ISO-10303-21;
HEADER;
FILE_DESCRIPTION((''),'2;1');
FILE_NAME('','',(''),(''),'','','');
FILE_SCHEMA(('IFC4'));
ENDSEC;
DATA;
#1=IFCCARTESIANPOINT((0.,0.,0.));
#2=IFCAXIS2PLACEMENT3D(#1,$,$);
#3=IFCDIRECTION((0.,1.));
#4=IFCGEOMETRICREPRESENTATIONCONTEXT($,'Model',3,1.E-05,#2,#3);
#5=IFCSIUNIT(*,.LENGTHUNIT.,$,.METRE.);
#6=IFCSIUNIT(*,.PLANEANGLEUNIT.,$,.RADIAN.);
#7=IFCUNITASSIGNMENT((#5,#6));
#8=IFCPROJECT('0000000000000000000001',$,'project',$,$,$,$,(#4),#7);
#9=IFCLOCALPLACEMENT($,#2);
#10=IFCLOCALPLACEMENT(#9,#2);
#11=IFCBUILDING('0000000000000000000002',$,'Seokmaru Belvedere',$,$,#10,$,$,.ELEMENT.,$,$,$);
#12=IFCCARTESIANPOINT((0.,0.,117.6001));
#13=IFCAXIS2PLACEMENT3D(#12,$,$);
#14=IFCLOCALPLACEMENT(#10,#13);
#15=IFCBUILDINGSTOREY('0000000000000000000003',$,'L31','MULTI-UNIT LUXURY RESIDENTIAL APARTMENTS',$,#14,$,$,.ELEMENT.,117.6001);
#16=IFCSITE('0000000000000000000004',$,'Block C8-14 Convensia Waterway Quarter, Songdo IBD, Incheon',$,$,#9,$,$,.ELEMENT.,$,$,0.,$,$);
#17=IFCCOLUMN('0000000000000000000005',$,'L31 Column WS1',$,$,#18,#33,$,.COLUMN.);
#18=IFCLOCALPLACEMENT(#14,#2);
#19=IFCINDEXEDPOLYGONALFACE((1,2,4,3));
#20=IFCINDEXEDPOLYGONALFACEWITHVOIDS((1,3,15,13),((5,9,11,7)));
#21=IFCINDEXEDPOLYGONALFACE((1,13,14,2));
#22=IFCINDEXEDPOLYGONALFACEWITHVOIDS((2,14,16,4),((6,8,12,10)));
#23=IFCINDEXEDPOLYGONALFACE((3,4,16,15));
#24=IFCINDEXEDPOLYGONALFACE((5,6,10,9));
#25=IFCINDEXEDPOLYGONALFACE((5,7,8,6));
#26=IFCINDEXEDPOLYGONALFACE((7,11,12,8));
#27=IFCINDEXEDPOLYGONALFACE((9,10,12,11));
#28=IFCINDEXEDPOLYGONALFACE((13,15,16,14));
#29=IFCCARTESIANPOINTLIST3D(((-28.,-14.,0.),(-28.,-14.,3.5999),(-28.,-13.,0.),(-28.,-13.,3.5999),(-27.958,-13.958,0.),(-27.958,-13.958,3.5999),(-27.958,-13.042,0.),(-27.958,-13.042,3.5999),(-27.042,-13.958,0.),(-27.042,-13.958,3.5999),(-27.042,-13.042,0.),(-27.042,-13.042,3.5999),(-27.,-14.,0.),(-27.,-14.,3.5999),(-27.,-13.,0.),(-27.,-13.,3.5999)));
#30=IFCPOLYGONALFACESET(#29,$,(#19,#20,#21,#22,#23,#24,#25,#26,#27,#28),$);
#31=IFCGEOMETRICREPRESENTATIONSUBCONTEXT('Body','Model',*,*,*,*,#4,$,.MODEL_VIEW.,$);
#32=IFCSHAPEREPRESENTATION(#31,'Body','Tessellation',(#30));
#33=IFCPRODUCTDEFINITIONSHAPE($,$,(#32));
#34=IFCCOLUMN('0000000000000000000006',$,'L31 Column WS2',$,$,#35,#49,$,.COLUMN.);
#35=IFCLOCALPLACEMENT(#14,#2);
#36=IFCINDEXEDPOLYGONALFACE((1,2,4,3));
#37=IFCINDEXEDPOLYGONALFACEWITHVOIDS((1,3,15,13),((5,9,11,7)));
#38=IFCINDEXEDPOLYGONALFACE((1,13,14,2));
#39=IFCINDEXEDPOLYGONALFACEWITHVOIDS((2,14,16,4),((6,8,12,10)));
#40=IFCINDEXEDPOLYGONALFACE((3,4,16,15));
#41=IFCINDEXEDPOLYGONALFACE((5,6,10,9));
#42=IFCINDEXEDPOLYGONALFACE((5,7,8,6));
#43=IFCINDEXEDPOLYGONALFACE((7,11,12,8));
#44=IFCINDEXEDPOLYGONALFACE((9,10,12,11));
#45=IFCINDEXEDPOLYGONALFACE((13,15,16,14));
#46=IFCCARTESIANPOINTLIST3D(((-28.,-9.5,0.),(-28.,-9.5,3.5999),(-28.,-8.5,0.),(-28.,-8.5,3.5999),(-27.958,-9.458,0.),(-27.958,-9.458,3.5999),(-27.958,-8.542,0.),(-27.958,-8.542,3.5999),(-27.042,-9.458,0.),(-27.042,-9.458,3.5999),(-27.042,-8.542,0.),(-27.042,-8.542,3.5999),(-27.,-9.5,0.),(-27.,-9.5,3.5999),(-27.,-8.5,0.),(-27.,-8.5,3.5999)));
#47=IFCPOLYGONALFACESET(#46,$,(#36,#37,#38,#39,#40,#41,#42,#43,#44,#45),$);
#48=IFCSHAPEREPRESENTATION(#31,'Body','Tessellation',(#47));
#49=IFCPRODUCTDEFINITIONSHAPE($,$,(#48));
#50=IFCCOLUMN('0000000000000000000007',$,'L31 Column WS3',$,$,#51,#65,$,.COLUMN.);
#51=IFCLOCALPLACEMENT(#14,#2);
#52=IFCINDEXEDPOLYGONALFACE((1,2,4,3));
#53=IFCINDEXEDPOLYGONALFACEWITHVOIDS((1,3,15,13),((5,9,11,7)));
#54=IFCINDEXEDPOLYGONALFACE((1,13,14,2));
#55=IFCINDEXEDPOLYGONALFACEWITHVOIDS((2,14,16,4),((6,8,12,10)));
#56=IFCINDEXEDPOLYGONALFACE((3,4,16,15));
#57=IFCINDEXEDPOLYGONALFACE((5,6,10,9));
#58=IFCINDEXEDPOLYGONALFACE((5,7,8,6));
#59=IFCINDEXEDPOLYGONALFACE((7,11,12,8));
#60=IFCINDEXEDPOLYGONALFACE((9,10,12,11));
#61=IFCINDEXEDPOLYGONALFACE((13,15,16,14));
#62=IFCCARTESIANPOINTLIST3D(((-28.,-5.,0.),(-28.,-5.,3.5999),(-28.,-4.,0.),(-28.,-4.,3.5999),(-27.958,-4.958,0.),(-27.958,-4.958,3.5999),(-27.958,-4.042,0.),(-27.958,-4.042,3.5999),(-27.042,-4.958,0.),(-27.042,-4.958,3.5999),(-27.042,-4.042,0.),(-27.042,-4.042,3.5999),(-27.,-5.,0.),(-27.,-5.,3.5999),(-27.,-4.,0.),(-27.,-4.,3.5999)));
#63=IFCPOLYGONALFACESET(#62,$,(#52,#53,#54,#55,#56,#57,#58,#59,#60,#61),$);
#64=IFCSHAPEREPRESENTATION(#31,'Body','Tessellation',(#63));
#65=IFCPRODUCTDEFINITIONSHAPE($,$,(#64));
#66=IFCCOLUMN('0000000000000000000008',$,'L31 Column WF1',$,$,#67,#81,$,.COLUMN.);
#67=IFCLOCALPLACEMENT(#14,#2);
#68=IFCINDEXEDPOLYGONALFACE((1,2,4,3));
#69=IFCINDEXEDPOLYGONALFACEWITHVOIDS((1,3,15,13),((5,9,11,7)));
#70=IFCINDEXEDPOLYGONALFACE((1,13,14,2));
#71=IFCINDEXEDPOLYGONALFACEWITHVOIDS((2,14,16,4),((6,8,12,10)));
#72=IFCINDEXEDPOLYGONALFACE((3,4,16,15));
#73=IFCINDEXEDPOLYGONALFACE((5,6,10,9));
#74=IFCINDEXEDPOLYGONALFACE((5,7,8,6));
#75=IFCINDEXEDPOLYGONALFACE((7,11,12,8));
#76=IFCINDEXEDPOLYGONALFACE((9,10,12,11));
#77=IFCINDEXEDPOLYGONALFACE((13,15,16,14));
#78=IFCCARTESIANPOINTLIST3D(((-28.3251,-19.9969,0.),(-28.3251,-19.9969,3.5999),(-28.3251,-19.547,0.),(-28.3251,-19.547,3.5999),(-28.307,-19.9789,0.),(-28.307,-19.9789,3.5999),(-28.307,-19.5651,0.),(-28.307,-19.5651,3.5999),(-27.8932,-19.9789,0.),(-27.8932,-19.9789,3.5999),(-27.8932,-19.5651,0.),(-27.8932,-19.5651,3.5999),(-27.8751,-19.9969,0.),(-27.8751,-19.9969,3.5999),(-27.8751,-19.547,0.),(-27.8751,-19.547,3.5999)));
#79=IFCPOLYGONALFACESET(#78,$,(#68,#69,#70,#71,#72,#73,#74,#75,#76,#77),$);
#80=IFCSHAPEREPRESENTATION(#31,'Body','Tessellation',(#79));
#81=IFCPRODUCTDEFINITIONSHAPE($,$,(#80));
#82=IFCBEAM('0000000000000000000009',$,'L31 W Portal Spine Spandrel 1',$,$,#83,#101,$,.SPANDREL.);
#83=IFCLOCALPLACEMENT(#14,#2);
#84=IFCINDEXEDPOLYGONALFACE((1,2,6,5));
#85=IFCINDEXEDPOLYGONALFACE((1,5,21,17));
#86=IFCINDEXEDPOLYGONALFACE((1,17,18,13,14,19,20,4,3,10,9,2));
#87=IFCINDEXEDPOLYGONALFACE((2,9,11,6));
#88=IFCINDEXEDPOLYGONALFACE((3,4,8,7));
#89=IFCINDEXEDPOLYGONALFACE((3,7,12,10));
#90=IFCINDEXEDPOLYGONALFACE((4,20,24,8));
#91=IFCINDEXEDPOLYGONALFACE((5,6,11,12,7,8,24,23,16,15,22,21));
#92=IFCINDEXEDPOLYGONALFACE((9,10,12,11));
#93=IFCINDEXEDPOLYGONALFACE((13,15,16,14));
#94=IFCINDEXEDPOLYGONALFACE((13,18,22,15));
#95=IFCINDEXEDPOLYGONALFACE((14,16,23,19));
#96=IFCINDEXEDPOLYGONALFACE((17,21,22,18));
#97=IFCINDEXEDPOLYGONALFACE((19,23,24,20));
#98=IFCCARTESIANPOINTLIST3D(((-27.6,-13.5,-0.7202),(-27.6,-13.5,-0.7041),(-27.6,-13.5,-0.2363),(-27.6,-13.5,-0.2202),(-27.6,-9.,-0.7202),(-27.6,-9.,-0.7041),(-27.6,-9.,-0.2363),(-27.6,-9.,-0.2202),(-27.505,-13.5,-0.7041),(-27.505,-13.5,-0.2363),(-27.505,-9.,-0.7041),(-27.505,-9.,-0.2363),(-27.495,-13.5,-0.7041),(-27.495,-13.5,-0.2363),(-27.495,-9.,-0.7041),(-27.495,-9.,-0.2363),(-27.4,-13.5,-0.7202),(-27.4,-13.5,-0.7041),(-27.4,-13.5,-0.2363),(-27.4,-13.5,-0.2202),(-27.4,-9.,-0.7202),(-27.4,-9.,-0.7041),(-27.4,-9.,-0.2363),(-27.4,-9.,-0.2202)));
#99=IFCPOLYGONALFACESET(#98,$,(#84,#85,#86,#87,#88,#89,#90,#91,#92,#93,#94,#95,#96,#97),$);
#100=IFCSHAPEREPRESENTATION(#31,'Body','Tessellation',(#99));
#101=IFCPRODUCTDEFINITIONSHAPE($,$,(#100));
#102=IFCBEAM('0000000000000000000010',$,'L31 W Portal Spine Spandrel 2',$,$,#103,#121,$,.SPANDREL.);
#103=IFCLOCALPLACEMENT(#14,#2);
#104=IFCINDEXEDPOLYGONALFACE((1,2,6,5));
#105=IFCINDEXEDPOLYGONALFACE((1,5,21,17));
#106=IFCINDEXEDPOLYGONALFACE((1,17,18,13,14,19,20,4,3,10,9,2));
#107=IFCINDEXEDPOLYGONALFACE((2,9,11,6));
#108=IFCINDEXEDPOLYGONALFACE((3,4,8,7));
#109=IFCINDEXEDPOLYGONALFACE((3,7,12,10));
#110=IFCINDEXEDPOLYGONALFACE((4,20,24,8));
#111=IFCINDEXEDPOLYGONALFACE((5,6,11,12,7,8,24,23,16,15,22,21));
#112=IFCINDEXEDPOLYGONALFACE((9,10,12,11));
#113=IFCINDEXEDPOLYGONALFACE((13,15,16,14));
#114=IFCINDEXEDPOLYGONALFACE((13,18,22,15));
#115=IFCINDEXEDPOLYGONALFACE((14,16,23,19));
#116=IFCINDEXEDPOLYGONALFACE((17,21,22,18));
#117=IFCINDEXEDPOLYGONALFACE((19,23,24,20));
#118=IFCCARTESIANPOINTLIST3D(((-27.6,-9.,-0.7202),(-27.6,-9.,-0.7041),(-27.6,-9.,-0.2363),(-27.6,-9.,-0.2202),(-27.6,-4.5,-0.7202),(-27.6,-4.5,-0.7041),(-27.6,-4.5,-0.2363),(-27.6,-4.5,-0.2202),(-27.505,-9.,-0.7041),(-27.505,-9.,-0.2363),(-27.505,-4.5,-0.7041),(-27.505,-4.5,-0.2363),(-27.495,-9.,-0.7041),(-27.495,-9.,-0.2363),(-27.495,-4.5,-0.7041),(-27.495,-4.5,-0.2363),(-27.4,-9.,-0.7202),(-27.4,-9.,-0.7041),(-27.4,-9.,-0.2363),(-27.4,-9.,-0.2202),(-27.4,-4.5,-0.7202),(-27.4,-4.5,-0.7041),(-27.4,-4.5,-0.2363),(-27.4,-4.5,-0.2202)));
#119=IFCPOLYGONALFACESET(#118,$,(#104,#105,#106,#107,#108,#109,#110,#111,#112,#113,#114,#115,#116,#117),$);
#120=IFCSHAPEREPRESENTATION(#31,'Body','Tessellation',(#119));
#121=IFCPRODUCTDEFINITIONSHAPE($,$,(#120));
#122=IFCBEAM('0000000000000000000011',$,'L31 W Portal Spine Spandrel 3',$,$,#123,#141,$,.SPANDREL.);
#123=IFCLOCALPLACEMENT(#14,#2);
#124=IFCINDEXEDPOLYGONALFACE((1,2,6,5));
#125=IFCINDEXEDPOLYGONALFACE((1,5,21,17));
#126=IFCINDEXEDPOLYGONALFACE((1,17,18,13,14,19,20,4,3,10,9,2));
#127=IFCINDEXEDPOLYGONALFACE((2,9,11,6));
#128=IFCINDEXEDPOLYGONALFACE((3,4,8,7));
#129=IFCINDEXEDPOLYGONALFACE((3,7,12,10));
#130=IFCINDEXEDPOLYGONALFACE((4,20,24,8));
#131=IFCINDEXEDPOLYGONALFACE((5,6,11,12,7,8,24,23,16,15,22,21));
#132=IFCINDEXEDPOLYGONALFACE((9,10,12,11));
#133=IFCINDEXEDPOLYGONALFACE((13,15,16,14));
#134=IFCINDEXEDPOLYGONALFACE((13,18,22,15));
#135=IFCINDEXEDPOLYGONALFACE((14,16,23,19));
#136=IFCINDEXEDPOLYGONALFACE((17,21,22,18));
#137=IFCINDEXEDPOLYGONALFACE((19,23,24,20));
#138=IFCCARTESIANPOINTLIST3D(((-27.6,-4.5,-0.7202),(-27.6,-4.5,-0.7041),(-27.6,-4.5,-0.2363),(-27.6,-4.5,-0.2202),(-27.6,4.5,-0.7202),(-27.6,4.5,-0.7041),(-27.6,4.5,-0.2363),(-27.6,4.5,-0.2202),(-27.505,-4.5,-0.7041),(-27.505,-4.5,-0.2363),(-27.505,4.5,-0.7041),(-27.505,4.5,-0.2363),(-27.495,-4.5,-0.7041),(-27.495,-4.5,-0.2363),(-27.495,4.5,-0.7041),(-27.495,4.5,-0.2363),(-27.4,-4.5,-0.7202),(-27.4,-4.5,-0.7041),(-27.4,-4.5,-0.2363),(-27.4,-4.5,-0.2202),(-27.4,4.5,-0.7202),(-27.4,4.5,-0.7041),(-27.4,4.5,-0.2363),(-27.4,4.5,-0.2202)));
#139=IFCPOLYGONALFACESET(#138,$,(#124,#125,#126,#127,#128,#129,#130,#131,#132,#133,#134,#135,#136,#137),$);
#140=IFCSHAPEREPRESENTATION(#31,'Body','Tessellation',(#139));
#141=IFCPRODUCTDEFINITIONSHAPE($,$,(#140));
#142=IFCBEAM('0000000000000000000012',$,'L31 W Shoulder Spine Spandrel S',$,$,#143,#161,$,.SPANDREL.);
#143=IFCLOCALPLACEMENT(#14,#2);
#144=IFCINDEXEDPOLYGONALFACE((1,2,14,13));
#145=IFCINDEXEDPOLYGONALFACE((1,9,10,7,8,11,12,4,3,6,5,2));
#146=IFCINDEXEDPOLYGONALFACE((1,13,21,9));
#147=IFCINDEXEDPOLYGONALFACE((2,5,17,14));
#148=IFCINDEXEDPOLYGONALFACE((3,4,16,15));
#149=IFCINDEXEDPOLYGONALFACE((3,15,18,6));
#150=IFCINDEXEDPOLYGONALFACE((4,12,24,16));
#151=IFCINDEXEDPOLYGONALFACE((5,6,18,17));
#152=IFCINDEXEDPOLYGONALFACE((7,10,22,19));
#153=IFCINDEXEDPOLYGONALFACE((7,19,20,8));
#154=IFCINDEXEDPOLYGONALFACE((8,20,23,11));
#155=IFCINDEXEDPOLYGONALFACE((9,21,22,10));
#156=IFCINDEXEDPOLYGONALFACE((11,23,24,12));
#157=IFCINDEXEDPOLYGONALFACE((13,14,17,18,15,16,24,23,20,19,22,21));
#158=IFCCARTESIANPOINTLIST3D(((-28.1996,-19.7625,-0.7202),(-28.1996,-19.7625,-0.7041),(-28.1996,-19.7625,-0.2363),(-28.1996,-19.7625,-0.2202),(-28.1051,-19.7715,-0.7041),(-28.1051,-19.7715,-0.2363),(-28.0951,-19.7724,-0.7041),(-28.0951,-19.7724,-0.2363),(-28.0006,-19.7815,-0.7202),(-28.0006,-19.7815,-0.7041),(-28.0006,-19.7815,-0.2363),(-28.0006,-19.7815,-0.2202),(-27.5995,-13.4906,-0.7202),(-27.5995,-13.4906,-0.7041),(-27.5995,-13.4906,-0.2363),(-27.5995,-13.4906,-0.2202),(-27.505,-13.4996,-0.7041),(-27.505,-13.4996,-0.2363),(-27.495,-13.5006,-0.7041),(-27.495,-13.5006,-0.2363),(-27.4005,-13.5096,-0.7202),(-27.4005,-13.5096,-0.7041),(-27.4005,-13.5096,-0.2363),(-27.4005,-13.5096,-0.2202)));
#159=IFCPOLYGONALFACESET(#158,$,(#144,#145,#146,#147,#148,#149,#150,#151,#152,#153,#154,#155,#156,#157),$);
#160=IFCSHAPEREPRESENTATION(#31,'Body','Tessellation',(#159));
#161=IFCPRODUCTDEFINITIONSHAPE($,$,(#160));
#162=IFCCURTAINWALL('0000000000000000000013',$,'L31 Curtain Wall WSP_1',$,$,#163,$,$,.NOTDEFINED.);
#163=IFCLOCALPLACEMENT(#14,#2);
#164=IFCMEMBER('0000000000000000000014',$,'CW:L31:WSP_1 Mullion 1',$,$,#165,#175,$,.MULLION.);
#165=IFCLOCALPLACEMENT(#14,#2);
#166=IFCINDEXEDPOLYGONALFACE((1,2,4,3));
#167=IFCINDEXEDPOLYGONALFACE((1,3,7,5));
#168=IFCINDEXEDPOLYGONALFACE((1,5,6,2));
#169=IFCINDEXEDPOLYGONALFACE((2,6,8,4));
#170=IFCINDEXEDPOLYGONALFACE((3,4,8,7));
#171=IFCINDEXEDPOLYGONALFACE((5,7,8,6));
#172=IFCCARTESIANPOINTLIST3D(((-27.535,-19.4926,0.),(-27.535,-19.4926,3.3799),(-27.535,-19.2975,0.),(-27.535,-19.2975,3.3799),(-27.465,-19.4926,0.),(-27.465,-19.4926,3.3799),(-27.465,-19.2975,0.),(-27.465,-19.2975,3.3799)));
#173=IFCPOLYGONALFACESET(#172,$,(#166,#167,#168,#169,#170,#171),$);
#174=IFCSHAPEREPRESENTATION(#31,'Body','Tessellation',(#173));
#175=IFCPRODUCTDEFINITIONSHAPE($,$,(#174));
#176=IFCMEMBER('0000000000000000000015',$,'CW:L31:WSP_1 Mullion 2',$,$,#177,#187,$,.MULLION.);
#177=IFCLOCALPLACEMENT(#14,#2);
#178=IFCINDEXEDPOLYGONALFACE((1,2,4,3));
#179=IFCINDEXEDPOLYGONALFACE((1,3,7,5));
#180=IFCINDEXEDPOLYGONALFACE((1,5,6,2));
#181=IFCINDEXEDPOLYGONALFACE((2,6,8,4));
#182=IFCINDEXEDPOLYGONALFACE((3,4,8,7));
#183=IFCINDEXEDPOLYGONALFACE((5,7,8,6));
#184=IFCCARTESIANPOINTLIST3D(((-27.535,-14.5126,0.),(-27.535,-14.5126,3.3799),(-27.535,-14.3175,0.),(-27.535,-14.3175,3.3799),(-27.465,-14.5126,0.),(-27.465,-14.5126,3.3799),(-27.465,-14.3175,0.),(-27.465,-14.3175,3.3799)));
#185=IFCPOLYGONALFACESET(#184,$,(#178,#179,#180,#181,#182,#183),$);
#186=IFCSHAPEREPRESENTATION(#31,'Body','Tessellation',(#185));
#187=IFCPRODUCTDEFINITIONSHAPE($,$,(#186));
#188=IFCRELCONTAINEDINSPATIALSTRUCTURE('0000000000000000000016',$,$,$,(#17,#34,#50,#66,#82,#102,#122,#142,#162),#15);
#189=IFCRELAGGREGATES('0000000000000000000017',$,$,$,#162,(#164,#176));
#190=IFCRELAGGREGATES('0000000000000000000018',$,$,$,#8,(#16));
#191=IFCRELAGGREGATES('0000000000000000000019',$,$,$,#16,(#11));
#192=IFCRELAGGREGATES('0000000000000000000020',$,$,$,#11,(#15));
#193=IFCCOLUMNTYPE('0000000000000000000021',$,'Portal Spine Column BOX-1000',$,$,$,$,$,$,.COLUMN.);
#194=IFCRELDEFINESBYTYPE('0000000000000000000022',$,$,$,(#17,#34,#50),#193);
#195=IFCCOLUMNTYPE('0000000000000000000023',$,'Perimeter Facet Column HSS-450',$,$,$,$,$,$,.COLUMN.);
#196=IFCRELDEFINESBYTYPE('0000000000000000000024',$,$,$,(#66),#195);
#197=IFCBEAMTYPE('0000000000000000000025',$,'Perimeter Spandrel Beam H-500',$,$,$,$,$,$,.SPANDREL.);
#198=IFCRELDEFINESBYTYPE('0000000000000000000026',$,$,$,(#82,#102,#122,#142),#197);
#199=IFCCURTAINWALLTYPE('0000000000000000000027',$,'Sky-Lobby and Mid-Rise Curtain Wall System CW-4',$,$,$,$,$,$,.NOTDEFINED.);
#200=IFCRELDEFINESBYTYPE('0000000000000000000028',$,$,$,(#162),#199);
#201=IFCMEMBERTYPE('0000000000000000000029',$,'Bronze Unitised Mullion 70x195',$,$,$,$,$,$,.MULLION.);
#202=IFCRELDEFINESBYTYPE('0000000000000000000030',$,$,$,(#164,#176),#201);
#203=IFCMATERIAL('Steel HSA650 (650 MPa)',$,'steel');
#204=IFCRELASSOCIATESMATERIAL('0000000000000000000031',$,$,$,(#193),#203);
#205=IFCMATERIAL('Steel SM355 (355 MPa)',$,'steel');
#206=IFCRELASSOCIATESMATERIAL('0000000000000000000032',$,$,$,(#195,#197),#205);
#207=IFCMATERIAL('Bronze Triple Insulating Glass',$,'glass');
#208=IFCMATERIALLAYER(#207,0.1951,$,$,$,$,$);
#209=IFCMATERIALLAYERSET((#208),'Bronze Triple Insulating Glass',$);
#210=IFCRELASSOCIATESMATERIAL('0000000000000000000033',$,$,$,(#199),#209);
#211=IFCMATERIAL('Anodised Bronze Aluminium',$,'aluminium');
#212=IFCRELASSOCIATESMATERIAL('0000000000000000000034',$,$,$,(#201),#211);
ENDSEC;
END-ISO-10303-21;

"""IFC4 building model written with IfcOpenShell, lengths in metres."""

from ifc_helpers import new_model, si_unit, direction, frame, origin, origin_2d, place, context, subcontext, project, spatial, rectangle, hollow_rectangle, i_section, extrude, source, transform, mapped, material, layer, layer_set, material_profile, profile_set, type_object, type_shapes, element, aggregate, save


model = new_model("IFC4")

# Units and contexts
model_context = context("Model", 3, precision=1e-05, world=origin(), true_north=direction((0.0, 1.0)))
body_context = subcontext(model_context, "Body", "Model", "MODEL_VIEW")
ifc_project = project(units=[si_unit("LENGTHUNIT", "METRE"), si_unit("PLANEANGLEUNIT", "RADIAN")], contexts=[model_context])

# Site, building, storey
site_placement = place(None, origin())
site = spatial("IfcSite", under=ifc_project, at=site_placement, Name="Block C8-14 Convensia Waterway Quarter, Songdo IBD, Incheon", CompositionType="ELEMENT", RefElevation=0.0)
building_placement = place(site_placement, origin())
building = spatial("IfcBuilding", under=site, at=building_placement, Name="Seokmaru Belvedere", CompositionType="ELEMENT")
storey_placement = place(building_placement, frame((0.0, 0.0, 117.6001)))
storey = spatial("IfcBuildingStorey", under=building, at=storey_placement, Name="L31", Description="MULTI-UNIT LUXURY RESIDENTIAL APARTMENTS", CompositionType="ELEMENT", Elevation=117.6001)

# Columns
ifc_material_1 = material(Name="Steel HSA650 (650 MPa)", Category="steel")
ifc_material_profile_1 = material_profile(ifc_material_1, hollow_rectangle(XDim=1.0, YDim=1.0, WallThickness=0.042, at=origin_2d()), Name="BOX-1000x1000x42")
ifc_profile_set_1 = profile_set([ifc_material_profile_1], Name="Steel HSA650 (650 MPa)")
column_type_1 = type_object("IfcColumnType", Name="Portal Spine Column BOX-1000", PredefinedType="COLUMN", material=ifc_profile_set_1)
shared_shape_1 = source(origin(), body_context, "Body", "SweptSolid", [
    extrude(hollow_rectangle(XDim=1.0, YDim=1.0, WallThickness=0.042, at=origin_2d()), origin(), (0.0, 0.0, 1.0), 3.5999),
])
type_shapes(column_type_1, [shared_shape_1])
for number, where, z_axis, x_axis, name in (
    (1, (-27.5, -13.5, 0.0), (0.0, 0.0, 1.0), (1.0, 0.0, 0.0), "L31 Column WS1"),
    (2, (-27.5, -9.0, 0.0), (0.0, 0.0, 1.0), (1.0, 0.0, 0.0), "L31 Column WS2"),
    (3, (-27.5, -4.5, 0.0), (0.0, 0.0, 1.0), (1.0, 0.0, 0.0), "L31 Column WS3"),
):
    element("IfcColumn", number, at=place(storey_placement, frame(where, z_axis=z_axis, x_axis=x_axis)), inside=storey, type_object=column_type_1, Name=name, PredefinedType="COLUMN", context=body_context, shape_type="MappedRepresentation", body=[
        mapped(shared_shape_1, transform((0.0, 0.0, 0.0), scale=1.0)),
    ])
ifc_material_2 = material(Name="Steel SM355 (355 MPa)", Category="steel")
ifc_material_profile_2 = material_profile(ifc_material_2, hollow_rectangle(XDim=0.45, YDim=0.45, WallThickness=0.0181, at=origin_2d()), Name="HSS-450x450x18")
ifc_profile_set_2 = profile_set([ifc_material_profile_2], Name="Steel SM355 (355 MPa)")
column_type_2 = type_object("IfcColumnType", Name="Perimeter Facet Column HSS-450", PredefinedType="COLUMN", material=ifc_profile_set_2)
shared_shape_2 = source(origin(), body_context, "Body", "SweptSolid", [
    extrude(hollow_rectangle(XDim=0.45, YDim=0.45, WallThickness=0.0181, at=origin_2d()), origin(), (0.0, 0.0, 1.0), 3.5999),
])
type_shapes(column_type_2, [shared_shape_2])
column_placement = place(storey_placement, frame((-28.1001, -19.772, 0.0), z_axis=(0.0, 0.0, 1.0), x_axis=(1.0, 0.0, 0.0)))
element("IfcColumn", 4, at=column_placement, inside=storey, type_object=column_type_2, Name="L31 Column WF1", PredefinedType="COLUMN", context=body_context, shape_type="MappedRepresentation", body=[
    mapped(shared_shape_2, transform((0.0, 0.0, 0.0), scale=1.0)),
])

# Beams
ifc_material_profile_3 = material_profile(ifc_material_2, i_section(OverallWidth=0.2, OverallDepth=0.5, WebThickness=0.01, FlangeThickness=0.0161, at=origin_2d()), Name="H-500x200x10x16")
ifc_profile_set_3 = profile_set([ifc_material_profile_3], Name="Steel SM355 (355 MPa)")
beam_type = type_object("IfcBeamType", Name="Perimeter Spandrel Beam H-500", PredefinedType="SPANDREL", material=ifc_profile_set_3)
shared_shape_3 = source(origin(), body_context, "Body", "SweptSolid", [
    extrude(i_section(OverallWidth=0.2, OverallDepth=0.5, WebThickness=0.01, FlangeThickness=0.0161, at=origin_2d()), origin(), (0.0, 0.0, 1.0), 4.5),
])
for number, where, z_axis, x_axis, name in (
    (5, (-27.5, -13.5, -0.4702), (0.0, 1.0, 0.0), (-1.0, 0.0, 0.0), "L31 W Portal Spine Spandrel 1"),
    (6, (-27.5, -9.0, -0.4702), (0.0, 1.0, 0.0), (-1.0, 0.0, 0.0), "L31 W Portal Spine Spandrel 2"),
):
    element("IfcBeam", number, at=place(storey_placement, frame(where, z_axis=z_axis, x_axis=x_axis)), inside=storey, type_object=beam_type, Name=name, PredefinedType="SPANDREL", context=body_context, shape_type="MappedRepresentation", body=[
        mapped(shared_shape_3, transform((0.0, 0.0, 0.0), scale=1.0)),
    ])
shared_shape_4 = source(origin(), body_context, "Body", "SweptSolid", [
    extrude(i_section(OverallWidth=0.2, OverallDepth=0.5, WebThickness=0.01, FlangeThickness=0.0161, at=origin_2d()), origin(), (0.0, 0.0, 1.0), 9.0),
])
beam_1_placement = place(storey_placement, frame((-27.5, -4.5, -0.4702), z_axis=(0.0, 1.0, 0.0), x_axis=(-1.0, 0.0, 0.0)))
element("IfcBeam", 7, at=beam_1_placement, inside=storey, type_object=beam_type, Name="L31 W Portal Spine Spandrel 3", PredefinedType="SPANDREL", context=body_context, shape_type="MappedRepresentation", body=[
    mapped(shared_shape_4, transform((0.0, 0.0, 0.0), scale=1.0)),
])
shared_shape_5 = source(origin(), body_context, "Body", "SweptSolid", [
    extrude(i_section(OverallWidth=0.2, OverallDepth=0.5, WebThickness=0.01, FlangeThickness=0.0161, at=origin_2d()), origin(), (0.0, 0.0, 1.0), 6.3005),
])
type_shapes(beam_type, [shared_shape_3, shared_shape_4, shared_shape_5])
beam_2_placement = place(storey_placement, frame((-28.1001, -19.772, -0.4702), z_axis=(0.095244, 0.995454, 0.0), x_axis=(-0.995454, 0.095244, 0.0)))
element("IfcBeam", 8, at=beam_2_placement, inside=storey, type_object=beam_type, Name="L31 W Shoulder Spine Spandrel S", PredefinedType="SPANDREL", context=body_context, shape_type="MappedRepresentation", body=[
    mapped(shared_shape_5, transform((0.0, 0.0, 0.0), scale=1.0)),
])

# Curtain wall, members
ifc_material_3 = material(Name="Bronze Triple Insulating Glass", Category="glass")
ifc_layer_1 = layer(ifc_material_3, 0.1951)
ifc_layer_set_1 = layer_set([ifc_layer_1], Name="Bronze Triple Insulating Glass")
curtain_wall_type = type_object("IfcCurtainWallType", Name="Sky-Lobby and Mid-Rise Curtain Wall System CW-4", PredefinedType="NOTDEFINED", material=ifc_layer_set_1)
curtain_wall_1_placement = place(storey_placement, origin())
curtain_wall_1 = element("IfcCurtainWall", 9, at=curtain_wall_1_placement, inside=storey, type_object=curtain_wall_type, Name="L31 Curtain Wall WSP_1", PredefinedType="NOTDEFINED")
ifc_material_4 = material(Name="Anodised Bronze Aluminium", Category="aluminium")
ifc_material_profile_4 = material_profile(ifc_material_4, rectangle(XDim=0.0701, YDim=0.1951, at=origin_2d()), Name="CW-M-70x195")
ifc_profile_set_4 = profile_set([ifc_material_profile_4], Name="Anodised Bronze Aluminium")
member_type_1 = type_object("IfcMemberType", Name="Bronze Unitised Mullion 70x195", PredefinedType="MULLION", material=ifc_profile_set_4)
shared_shape_6 = source(origin(), body_context, "Body", "SweptSolid", [
    extrude(rectangle(XDim=0.0701, YDim=0.1951, at=origin_2d()), origin(), (0.0, 0.0, 1.0), 3.3799),
])
type_shapes(member_type_1, [shared_shape_6])
member_1_placement = place(storey_placement, frame((-27.5, -19.395, 0.0), z_axis=(0.0, 0.0, 1.0), x_axis=(-1.0, 0.0, 0.0)))
member_1 = element("IfcMember", 10, at=member_1_placement, type_object=member_type_1, Name="CW:L31:WSP_1 Mullion 1", PredefinedType="MULLION", context=body_context, shape_type="MappedRepresentation", body=[
    mapped(shared_shape_6, transform((0.0, 0.0, 0.0), scale=1.0)),
])
member_2_placement = place(storey_placement, frame((-27.5, -14.415, 0.0), z_axis=(0.0, 0.0, 1.0), x_axis=(-1.0, 0.0, 0.0)))
member_2 = element("IfcMember", 11, at=member_2_placement, type_object=member_type_1, Name="CW:L31:WSP_1 Mullion 2", PredefinedType="MULLION", context=body_context, shape_type="MappedRepresentation", body=[
    mapped(shared_shape_6, transform((0.0, 0.0, 0.0), scale=1.0)),
])

aggregate(curtain_wall_1, [member_1, member_2])

save(model, "model.ifc")
